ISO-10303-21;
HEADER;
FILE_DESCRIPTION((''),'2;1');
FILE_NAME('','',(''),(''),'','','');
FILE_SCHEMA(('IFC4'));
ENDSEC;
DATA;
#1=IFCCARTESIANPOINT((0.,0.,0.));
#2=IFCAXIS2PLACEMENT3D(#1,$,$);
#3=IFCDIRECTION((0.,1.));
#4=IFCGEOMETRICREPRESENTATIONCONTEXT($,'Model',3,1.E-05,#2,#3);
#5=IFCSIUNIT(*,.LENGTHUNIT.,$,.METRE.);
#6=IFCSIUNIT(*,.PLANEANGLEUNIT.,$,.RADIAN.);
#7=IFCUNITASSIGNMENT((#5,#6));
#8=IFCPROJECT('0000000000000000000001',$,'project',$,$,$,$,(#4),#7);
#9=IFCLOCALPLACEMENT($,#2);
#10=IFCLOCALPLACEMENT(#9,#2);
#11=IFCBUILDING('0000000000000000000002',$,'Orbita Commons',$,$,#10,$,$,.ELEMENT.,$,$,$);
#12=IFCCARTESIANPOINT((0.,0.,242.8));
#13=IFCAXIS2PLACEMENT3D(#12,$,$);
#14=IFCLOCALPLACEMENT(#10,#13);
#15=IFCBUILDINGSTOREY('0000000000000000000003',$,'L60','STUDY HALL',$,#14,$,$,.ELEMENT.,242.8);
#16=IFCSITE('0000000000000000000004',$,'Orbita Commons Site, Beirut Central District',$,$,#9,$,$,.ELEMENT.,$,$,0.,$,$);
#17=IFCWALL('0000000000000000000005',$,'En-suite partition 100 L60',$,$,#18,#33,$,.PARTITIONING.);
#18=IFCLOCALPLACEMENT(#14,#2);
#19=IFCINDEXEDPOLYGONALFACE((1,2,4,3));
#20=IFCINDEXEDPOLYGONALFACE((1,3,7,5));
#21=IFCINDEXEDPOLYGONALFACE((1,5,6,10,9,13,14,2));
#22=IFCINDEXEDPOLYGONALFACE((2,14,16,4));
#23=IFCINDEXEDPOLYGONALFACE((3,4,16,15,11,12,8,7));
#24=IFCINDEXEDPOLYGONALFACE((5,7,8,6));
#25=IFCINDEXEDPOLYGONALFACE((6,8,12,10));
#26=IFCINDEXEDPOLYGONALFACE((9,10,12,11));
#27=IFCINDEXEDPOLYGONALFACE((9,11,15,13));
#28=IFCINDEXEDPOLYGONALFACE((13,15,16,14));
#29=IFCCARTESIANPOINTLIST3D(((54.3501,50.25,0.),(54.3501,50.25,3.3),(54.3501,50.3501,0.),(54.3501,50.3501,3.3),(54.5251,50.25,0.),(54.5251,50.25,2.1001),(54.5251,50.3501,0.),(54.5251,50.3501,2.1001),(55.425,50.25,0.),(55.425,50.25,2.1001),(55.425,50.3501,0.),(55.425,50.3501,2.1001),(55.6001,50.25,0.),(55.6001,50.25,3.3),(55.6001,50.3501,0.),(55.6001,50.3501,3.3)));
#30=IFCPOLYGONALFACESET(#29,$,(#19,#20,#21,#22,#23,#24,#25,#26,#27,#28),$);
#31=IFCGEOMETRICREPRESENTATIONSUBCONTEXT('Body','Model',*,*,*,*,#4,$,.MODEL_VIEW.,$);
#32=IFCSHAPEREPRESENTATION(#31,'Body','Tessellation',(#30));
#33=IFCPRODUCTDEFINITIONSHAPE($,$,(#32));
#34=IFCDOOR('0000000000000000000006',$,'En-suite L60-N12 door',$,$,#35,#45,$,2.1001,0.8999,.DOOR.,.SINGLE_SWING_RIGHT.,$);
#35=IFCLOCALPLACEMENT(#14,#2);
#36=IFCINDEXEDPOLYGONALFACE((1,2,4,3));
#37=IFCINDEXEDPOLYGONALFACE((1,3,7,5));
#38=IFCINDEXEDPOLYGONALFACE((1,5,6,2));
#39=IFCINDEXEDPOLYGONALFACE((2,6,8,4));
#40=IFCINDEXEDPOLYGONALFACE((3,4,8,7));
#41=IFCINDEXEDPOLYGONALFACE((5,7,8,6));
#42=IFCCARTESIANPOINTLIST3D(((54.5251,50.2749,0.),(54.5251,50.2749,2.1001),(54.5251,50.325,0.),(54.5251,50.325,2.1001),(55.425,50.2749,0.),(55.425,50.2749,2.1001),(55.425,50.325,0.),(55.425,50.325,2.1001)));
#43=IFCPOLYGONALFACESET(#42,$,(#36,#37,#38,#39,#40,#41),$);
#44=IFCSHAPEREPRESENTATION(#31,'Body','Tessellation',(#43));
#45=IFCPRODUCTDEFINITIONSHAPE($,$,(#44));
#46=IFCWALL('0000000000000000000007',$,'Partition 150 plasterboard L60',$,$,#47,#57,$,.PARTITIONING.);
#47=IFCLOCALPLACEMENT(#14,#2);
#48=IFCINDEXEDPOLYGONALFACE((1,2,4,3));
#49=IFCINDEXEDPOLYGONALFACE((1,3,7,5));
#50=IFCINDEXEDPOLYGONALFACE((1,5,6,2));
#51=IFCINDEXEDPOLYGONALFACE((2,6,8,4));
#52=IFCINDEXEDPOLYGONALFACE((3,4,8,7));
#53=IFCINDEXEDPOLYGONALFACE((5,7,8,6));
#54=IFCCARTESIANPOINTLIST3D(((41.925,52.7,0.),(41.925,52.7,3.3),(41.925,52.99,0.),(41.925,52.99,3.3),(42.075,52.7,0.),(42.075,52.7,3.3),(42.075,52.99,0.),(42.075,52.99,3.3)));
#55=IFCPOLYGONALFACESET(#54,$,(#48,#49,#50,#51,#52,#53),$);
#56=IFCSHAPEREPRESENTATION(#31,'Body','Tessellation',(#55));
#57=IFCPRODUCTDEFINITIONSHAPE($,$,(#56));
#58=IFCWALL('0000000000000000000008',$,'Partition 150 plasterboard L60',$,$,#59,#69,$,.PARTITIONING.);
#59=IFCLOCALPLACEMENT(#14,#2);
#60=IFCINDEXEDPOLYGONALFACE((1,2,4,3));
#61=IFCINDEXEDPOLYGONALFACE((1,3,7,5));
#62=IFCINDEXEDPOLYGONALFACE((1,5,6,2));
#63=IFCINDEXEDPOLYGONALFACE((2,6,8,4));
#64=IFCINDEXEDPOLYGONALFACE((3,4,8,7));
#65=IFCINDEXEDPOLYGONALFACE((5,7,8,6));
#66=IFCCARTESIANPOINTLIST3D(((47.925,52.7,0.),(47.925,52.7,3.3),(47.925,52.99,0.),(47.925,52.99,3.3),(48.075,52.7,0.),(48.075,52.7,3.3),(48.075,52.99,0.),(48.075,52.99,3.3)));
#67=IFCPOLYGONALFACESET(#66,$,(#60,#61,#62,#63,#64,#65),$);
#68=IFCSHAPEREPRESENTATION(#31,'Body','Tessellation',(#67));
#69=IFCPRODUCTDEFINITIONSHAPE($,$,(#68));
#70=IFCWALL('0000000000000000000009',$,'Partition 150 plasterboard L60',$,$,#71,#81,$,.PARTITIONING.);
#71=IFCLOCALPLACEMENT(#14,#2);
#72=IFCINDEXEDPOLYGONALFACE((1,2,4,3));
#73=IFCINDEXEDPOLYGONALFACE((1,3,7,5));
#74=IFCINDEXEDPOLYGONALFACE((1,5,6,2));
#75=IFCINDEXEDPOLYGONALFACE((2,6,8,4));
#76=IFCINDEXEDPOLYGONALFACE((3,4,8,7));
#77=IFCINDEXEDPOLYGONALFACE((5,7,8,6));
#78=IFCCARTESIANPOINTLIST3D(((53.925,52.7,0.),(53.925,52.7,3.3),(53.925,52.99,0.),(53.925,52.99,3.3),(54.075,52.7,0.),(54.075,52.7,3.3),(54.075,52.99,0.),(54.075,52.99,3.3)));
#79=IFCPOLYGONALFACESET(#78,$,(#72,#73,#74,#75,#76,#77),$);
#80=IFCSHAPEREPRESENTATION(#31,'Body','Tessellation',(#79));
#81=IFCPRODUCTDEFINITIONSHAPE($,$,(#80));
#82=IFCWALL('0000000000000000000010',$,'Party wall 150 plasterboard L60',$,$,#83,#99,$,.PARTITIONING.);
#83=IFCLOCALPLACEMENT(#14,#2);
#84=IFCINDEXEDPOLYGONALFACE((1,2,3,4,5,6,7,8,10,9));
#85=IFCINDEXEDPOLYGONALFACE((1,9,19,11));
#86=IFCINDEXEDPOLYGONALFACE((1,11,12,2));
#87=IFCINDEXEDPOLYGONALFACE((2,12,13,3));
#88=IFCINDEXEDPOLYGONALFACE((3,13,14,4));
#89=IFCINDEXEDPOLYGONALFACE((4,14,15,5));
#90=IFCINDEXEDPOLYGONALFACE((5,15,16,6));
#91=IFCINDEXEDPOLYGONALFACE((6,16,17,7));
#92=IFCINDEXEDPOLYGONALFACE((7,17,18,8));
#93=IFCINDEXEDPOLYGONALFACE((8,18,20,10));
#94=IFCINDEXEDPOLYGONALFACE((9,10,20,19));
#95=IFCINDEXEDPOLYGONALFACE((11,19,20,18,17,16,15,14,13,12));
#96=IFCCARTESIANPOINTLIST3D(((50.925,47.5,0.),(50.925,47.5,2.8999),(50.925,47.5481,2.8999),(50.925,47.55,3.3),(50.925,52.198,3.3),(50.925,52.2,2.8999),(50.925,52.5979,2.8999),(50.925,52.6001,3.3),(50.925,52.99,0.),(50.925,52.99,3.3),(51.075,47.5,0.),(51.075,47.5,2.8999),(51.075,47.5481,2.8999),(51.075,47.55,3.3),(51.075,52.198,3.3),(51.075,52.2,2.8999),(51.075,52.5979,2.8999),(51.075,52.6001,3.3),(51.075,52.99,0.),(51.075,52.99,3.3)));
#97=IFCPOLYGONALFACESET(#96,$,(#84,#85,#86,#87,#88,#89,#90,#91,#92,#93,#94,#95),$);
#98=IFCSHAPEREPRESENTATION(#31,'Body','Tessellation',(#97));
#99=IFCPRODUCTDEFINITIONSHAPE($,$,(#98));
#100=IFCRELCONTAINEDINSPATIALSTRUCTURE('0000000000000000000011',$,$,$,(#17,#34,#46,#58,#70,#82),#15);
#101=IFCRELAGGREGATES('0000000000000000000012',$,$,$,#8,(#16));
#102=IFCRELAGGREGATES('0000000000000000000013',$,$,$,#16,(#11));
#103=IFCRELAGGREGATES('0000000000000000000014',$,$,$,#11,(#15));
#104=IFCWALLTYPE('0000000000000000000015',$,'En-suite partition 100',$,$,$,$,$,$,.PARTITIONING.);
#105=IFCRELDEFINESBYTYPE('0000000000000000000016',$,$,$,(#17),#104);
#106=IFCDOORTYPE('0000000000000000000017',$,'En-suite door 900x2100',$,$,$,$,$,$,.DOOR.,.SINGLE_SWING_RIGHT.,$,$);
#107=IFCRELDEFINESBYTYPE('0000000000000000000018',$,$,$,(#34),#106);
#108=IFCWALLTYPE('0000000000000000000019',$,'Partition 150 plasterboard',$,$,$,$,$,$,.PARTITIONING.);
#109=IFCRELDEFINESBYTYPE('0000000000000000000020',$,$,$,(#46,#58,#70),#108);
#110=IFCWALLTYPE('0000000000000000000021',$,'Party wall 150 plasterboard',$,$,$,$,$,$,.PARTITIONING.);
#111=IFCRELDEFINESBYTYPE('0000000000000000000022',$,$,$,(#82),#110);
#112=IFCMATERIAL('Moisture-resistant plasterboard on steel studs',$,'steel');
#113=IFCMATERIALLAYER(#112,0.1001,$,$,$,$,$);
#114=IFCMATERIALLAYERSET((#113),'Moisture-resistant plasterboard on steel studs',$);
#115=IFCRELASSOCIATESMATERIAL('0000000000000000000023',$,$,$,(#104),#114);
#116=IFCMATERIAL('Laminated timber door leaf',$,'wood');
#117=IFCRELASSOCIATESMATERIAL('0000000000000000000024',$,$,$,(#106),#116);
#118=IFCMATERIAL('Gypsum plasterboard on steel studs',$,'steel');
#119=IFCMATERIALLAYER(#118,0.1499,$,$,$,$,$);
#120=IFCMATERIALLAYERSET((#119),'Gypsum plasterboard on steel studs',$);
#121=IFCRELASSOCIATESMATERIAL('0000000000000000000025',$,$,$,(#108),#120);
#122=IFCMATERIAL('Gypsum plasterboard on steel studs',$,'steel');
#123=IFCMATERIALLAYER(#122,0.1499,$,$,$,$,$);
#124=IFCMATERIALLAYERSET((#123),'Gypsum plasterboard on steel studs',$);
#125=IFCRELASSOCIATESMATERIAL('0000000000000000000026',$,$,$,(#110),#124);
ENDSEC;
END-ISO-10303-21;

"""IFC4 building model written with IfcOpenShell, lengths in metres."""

from ifc_helpers import new_model, si_unit, direction, frame, frame_2d, origin, place, context, subcontext, project, spatial, polyline, rectangle, outline, extrude, material, layer, layer_set, type_object, element, fill, save


model = new_model("IFC4")

# Units and contexts
model_context = context("Model", 3, precision=1e-05, world=origin(), true_north=direction((0.0, 1.0)))
body_context = subcontext(model_context, "Body", "Model", "MODEL_VIEW")
ifc_project = project(units=[si_unit("LENGTHUNIT", "METRE"), si_unit("PLANEANGLEUNIT", "RADIAN")], contexts=[model_context])

# Site, building, storey
site_placement = place(None, origin())
site = spatial("IfcSite", under=ifc_project, at=site_placement, Name="Orbita Commons Site, Beirut Central District", CompositionType="ELEMENT", RefElevation=0.0)
building_placement = place(site_placement, origin())
building = spatial("IfcBuilding", under=site, at=building_placement, Name="Orbita Commons", CompositionType="ELEMENT")
storey_placement = place(building_placement, frame((0.0, 0.0, 242.8)))
storey = spatial("IfcBuildingStorey", under=building, at=storey_placement, Name="L60", Description="STUDY HALL", CompositionType="ELEMENT", Elevation=242.8)

# Wall, opening, door
ifc_material_1 = material(Name="Moisture-resistant plasterboard on steel studs", Category="steel")
ifc_layer_1 = layer(ifc_material_1, 0.1001)
ifc_layer_set_1 = layer_set([ifc_layer_1], Name="Moisture-resistant plasterboard on steel studs")
wall_type_1 = type_object("IfcWallType", Name="En-suite partition 100", PredefinedType="PARTITIONING", material=ifc_layer_set_1)
ifc_material_2 = material(Name="Laminated timber door leaf", Category="wood")
door_type = type_object("IfcDoorType", Name="En-suite door 900x2100", OperationType="SINGLE_SWING_RIGHT", PredefinedType="DOOR", material=ifc_material_2)
wall_1_placement = place(storey_placement, frame((54.3501, 50.3, 0.0), z_axis=(0.0, 0.0, 1.0), x_axis=(1.0, 0.0, 0.0)))
wall_1 = element("IfcWall", 1, at=wall_1_placement, inside=storey, type_object=wall_type_1, Name="En-suite partition 100 L60", PredefinedType="PARTITIONING", context=body_context, shape_type="SweptSolid", body=[
    extrude(rectangle(XDim=1.25, YDim=0.1001, at=frame_2d((0.625, 0.0))), origin(), (0.0, 0.0, 1.0), 3.3),
])
opening_1_placement = place(wall_1_placement, frame((0.175, 0.0, 0.0)))
opening_1 = element("IfcOpeningElement", 2, at=opening_1_placement, cuts=wall_1, PredefinedType="OPENING", context=body_context, shape_type="SweptSolid", body=[
    extrude(rectangle(XDim=0.8999, YDim=2.1001, at=frame_2d((0.45, 1.05))), frame((0.0, 0.0601, 0.0), z_axis=(0.0, -1.0, 0.0), x_axis=(1.0, 0.0, 0.0)), (0.0, 0.0, 1.0), 0.1201),
])
door_1_placement = place(opening_1_placement, origin())
door_1 = element("IfcDoor", 3, at=door_1_placement, inside=storey, type_object=door_type, Name="En-suite L60-N12 door", OperationType="SINGLE_SWING_RIGHT", OverallHeight=2.1001, OverallWidth=0.8999, PredefinedType="DOOR", context=body_context, shape_type="SweptSolid", body=[
    extrude(rectangle(XDim=0.8999, YDim=2.1001, at=frame_2d((0.45, 1.05))), frame((0.0, 0.0249, 0.0), z_axis=(0.0, -1.0, 0.0), x_axis=(1.0, 0.0, 0.0)), (0.0, 0.0, 1.0), 0.05),
])
fill(opening_1, door_1)

# Walls
ifc_material_3 = material(Name="Gypsum plasterboard on steel studs", Category="steel")
ifc_layer_2 = layer(ifc_material_3, 0.1499)
ifc_layer_set_2 = layer_set([ifc_layer_2], Name="Gypsum plasterboard on steel studs")
wall_type_2 = type_object("IfcWallType", Name="Partition 150 plasterboard", PredefinedType="PARTITIONING", material=ifc_layer_set_2)
for number, where, z_axis, x_axis, name in (
    (4, (42.0, 52.7, 0.0), (0.0, 0.0, 1.0), (0.0, 1.0, 0.0), "Partition 150 plasterboard L60"),
    (5, (48.0, 52.7, 0.0), (0.0, 0.0, 1.0), (0.0, 1.0, 0.0), "Partition 150 plasterboard L60"),
    (6, (54.0, 52.7, 0.0), (0.0, 0.0, 1.0), (0.0, 1.0, 0.0), "Partition 150 plasterboard L60"),
):
    element("IfcWall", number, at=place(storey_placement, frame(where, z_axis=z_axis, x_axis=x_axis)), inside=storey, type_object=wall_type_2, Name=name, PredefinedType="PARTITIONING", context=body_context, shape_type="SweptSolid", body=[
        extrude(rectangle(XDim=0.29, YDim=0.1499, at=frame_2d((0.145, 0.0))), origin(), (0.0, 0.0, 1.0), 3.3),
    ])
ifc_material_4 = material(Name="Gypsum plasterboard on steel studs", Category="steel")
ifc_layer_3 = layer(ifc_material_4, 0.1499)
ifc_layer_set_3 = layer_set([ifc_layer_3], Name="Gypsum plasterboard on steel studs")
wall_type_3 = type_object("IfcWallType", Name="Party wall 150 plasterboard", PredefinedType="PARTITIONING", material=ifc_layer_set_3)
wall_2_placement = place(storey_placement, frame((51.0, 52.99, 0.0), z_axis=(0.0, 0.0, 1.0), x_axis=(0.0, -1.0, 0.0)))
element("IfcWall", 7, at=wall_2_placement, inside=storey, type_object=wall_type_3, Name="Party wall 150 plasterboard L60", PredefinedType="PARTITIONING", context=body_context, shape_type="SweptSolid", body=[
    extrude(outline(polyline([(0.0, 0.0), (5.49, 0.0), (5.49, 2.8999), (5.4419, 2.8999), (5.4399, 3.3), (0.792, 3.3), (0.79, 2.8999), (0.3921, 2.8999), (0.3899, 3.3), (0.0, 3.3), (0.0, 0.0)])), frame((0.0, 0.075, 0.0), z_axis=(0.0, -1.0, 0.0), x_axis=(1.0, 0.0, 0.0)), (0.0, 0.0, 1.0), 0.1499),
])

save(model, "model.ifc")
